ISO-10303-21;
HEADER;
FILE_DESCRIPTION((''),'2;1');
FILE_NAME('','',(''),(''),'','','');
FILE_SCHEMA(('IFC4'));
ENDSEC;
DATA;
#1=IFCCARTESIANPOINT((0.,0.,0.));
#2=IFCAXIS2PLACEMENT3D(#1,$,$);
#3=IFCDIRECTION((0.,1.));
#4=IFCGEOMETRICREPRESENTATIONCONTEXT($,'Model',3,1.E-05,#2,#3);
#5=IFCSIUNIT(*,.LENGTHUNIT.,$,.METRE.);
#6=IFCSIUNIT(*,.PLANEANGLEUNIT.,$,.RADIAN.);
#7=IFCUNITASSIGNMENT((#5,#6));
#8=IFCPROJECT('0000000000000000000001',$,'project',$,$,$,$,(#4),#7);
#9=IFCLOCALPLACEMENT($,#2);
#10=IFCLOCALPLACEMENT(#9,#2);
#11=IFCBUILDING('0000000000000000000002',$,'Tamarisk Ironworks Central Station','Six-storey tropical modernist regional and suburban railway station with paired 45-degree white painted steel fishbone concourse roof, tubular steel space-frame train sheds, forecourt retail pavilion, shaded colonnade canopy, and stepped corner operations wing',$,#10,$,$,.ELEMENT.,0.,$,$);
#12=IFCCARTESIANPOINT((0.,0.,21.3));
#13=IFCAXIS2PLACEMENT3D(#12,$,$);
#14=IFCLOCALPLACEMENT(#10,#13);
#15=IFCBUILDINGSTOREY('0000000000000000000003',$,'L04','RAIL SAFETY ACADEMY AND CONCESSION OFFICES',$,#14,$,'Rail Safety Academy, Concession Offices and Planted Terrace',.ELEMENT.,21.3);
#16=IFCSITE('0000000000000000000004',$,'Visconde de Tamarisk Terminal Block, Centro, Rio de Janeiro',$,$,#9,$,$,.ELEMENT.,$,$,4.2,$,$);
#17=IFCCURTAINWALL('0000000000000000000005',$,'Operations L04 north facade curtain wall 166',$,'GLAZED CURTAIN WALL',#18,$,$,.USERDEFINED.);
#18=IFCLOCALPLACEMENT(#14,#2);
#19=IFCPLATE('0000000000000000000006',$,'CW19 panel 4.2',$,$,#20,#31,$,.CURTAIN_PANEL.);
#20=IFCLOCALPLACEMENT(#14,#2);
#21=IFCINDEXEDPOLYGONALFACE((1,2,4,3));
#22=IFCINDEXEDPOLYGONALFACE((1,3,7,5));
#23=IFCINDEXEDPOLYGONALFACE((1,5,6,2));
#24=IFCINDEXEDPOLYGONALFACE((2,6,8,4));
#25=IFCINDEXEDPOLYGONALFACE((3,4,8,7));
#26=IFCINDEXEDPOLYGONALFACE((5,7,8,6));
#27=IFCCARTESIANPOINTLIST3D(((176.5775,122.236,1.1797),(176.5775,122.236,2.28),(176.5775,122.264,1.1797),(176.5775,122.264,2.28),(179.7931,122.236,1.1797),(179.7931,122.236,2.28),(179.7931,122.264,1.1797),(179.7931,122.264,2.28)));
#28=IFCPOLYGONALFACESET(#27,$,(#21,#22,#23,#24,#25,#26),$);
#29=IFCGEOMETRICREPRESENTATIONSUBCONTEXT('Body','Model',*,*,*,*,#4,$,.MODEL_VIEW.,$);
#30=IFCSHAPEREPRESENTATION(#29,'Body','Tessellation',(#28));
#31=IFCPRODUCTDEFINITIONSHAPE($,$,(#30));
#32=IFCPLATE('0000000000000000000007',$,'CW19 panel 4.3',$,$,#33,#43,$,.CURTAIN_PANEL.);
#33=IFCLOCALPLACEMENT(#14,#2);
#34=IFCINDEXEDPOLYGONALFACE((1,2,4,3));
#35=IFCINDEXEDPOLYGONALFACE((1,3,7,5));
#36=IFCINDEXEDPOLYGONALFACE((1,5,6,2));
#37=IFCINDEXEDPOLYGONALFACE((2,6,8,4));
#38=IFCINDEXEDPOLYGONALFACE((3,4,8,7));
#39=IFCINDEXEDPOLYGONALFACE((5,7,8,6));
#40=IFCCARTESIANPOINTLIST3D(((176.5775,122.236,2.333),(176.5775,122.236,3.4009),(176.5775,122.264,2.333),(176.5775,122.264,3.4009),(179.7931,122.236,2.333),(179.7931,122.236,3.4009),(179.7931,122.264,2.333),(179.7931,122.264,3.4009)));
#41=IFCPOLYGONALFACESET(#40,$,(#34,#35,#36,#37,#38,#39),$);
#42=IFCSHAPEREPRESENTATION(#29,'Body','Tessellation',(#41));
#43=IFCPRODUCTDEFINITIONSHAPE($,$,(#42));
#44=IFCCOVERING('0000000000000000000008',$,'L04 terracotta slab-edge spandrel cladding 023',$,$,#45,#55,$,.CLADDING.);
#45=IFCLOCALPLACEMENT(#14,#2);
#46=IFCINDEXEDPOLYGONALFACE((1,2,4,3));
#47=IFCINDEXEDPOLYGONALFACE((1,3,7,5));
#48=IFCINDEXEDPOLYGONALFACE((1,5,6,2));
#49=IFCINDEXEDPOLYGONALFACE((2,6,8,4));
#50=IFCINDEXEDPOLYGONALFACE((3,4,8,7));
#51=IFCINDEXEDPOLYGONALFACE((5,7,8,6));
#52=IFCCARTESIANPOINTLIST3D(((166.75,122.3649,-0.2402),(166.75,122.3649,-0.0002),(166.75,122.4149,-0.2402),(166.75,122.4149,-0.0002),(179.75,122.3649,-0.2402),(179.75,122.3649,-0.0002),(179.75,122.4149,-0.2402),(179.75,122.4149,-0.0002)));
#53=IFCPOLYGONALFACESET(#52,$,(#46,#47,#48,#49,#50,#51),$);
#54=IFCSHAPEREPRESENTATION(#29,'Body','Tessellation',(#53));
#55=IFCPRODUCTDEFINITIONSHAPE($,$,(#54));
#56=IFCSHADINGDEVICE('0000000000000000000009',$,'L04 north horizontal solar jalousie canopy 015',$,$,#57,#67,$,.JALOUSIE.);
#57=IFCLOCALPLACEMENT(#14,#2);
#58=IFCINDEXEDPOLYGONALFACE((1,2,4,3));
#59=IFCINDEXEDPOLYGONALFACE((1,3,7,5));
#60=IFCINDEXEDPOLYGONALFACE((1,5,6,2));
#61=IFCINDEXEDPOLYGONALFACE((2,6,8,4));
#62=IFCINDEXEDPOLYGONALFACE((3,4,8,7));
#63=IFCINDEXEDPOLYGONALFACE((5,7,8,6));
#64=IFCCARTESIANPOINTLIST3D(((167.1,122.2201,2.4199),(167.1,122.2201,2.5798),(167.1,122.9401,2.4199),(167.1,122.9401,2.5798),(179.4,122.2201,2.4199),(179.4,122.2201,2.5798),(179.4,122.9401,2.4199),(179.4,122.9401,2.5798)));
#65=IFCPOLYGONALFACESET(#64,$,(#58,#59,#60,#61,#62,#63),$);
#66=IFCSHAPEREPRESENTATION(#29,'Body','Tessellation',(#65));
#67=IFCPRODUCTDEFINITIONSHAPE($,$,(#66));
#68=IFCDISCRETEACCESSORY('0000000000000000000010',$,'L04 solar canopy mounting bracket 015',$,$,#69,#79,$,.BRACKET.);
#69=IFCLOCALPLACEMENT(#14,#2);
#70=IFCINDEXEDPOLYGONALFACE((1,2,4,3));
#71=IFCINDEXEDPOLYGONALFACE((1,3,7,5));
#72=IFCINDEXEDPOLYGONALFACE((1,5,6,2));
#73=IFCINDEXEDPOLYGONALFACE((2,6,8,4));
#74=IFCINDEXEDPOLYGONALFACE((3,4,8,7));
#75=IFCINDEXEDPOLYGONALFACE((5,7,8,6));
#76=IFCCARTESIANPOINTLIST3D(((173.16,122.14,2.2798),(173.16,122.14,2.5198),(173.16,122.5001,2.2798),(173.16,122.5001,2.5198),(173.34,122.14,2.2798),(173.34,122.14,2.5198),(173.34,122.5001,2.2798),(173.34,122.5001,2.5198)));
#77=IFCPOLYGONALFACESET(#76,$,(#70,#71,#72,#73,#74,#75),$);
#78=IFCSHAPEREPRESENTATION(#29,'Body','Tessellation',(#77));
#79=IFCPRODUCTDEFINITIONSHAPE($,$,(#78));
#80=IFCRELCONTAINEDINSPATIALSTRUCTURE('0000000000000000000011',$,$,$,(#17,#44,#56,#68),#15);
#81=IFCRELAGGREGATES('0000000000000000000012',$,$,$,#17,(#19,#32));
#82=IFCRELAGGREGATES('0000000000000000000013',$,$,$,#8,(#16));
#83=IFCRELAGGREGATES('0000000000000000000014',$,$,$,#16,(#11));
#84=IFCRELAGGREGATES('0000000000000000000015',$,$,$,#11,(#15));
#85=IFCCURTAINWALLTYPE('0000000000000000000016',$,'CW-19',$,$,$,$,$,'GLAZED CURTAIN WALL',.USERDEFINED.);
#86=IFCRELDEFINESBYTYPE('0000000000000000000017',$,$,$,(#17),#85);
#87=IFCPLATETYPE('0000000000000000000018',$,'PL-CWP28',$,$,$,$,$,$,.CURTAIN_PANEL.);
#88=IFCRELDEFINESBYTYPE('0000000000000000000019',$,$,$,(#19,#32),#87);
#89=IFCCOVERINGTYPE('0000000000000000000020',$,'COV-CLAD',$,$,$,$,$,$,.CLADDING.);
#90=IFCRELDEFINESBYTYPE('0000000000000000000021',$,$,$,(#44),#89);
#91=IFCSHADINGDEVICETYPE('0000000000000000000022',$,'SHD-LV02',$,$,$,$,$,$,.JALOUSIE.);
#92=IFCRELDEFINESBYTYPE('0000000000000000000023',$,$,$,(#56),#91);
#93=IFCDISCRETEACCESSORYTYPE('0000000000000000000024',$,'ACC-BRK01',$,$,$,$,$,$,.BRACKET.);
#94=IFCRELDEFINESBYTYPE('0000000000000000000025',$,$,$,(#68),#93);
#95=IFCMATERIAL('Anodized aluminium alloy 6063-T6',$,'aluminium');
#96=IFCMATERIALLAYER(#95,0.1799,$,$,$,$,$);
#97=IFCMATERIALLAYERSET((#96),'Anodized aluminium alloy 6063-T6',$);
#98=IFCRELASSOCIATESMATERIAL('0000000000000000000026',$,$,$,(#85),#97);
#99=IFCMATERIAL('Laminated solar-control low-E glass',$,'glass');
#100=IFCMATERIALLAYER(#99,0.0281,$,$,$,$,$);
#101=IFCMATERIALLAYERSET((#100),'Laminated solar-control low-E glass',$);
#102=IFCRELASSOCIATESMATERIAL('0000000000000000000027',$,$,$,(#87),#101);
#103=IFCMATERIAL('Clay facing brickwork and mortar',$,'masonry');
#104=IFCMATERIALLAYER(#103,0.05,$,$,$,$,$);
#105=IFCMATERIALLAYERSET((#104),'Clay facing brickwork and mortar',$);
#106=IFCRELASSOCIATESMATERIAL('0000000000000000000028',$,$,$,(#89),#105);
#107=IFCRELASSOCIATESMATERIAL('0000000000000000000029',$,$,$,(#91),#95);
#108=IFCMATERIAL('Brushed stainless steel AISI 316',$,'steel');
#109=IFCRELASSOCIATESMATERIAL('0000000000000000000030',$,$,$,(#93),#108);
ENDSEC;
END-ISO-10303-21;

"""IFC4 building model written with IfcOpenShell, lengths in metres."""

from ifc_helpers import new_model, si_unit, direction, frame, origin, origin_2d, place, context, subcontext, project, spatial, rectangle, extrude, material, layer, layer_set, type_object, element, aggregate, save


model = new_model("IFC4")

# Units and contexts
model_context = context("Model", 3, precision=1e-05, world=origin(), true_north=direction((0.0, 1.0)))
body_context = subcontext(model_context, "Body", "Model", "MODEL_VIEW")
ifc_project = project(units=[si_unit("LENGTHUNIT", "METRE"), si_unit("PLANEANGLEUNIT", "RADIAN")], contexts=[model_context])

# Site, building, storey
site_placement = place(None, origin())
site = spatial("IfcSite", under=ifc_project, at=site_placement, Name="Visconde de Tamarisk Terminal Block, Centro, Rio de Janeiro", CompositionType="ELEMENT", RefElevation=4.2)
building_placement = place(site_placement, origin())
building = spatial("IfcBuilding", under=site, at=building_placement, Name="Tamarisk Ironworks Central Station", Description="Six-storey tropical modernist regional and suburban railway station with paired 45-degree white painted steel fishbone concourse roof, tubular steel space-frame train sheds, forecourt retail pavilion, shaded colonnade canopy, and stepped corner operations wing", CompositionType="ELEMENT", ElevationOfRefHeight=0.0)
storey_placement = place(building_placement, frame((0.0, 0.0, 21.3)))
storey = spatial("IfcBuildingStorey", under=building, at=storey_placement, Name="L04", Description="RAIL SAFETY ACADEMY AND CONCESSION OFFICES", LongName="Rail Safety Academy, Concession Offices and Planted Terrace", CompositionType="ELEMENT", Elevation=21.3)

# Curtain wall, plates
ifc_material_1 = material(Name="Anodized aluminium alloy 6063-T6", Category="aluminium")
ifc_layer_1 = layer(ifc_material_1, 0.1799)
ifc_layer_set_1 = layer_set([ifc_layer_1], Name="Anodized aluminium alloy 6063-T6")
curtain_wall_type = type_object("IfcCurtainWallType", Name="CW-19", ElementType="GLAZED CURTAIN WALL", PredefinedType="USERDEFINED", material=ifc_layer_set_1)
curtain_wall_placement = place(storey_placement, origin())
curtain_wall = element("IfcCurtainWall", 1, at=curtain_wall_placement, inside=storey, type_object=curtain_wall_type, Name="Operations L04 north facade curtain wall 166", ObjectType="GLAZED CURTAIN WALL", PredefinedType="USERDEFINED")
ifc_material_2 = material(Name="Laminated solar-control low-E glass", Category="glass")
ifc_layer_2 = layer(ifc_material_2, 0.0281)
ifc_layer_set_2 = layer_set([ifc_layer_2], Name="Laminated solar-control low-E glass")
plate_type = type_object("IfcPlateType", Name="PL-CWP28", PredefinedType="CURTAIN_PANEL", material=ifc_layer_set_2)
plate_1_placement = place(storey_placement, frame((178.1853, 122.25, 1.1797), z_axis=(0.0, 0.0, 1.0), x_axis=(1.0, 0.0, 0.0)))
plate_1 = element("IfcPlate", 2, at=plate_1_placement, type_object=plate_type, Name="CW19 panel 4.2", PredefinedType="CURTAIN_PANEL", context=body_context, shape_type="SweptSolid", body=[
    extrude(rectangle(XDim=3.2156, YDim=0.0281, at=origin_2d()), origin(), (0.0, 0.0, 1.0), 1.1003),
])
plate_2_placement = place(storey_placement, frame((178.1853, 122.25, 2.333), z_axis=(0.0, 0.0, 1.0), x_axis=(1.0, 0.0, 0.0)))
plate_2 = element("IfcPlate", 3, at=plate_2_placement, type_object=plate_type, Name="CW19 panel 4.3", PredefinedType="CURTAIN_PANEL", context=body_context, shape_type="SweptSolid", body=[
    extrude(rectangle(XDim=3.2156, YDim=0.0281, at=origin_2d()), origin(), (0.0, 0.0, 1.0), 1.0679),
])
aggregate(curtain_wall, [plate_1, plate_2])

# Covering
ifc_material_3 = material(Name="Clay facing brickwork and mortar", Category="masonry")
ifc_layer_3 = layer(ifc_material_3, 0.05)
ifc_layer_set_3 = layer_set([ifc_layer_3], Name="Clay facing brickwork and mortar")
covering_type = type_object("IfcCoveringType", Name="COV-CLAD", PredefinedType="CLADDING", material=ifc_layer_set_3)
covering_placement = place(storey_placement, frame((173.25, 122.3899, -0.2402), z_axis=(0.0, 0.0, 1.0), x_axis=(1.0, 0.0, 0.0)))
element("IfcCovering", 4, at=covering_placement, inside=storey, type_object=covering_type, Name="L04 terracotta slab-edge spandrel cladding 023", PredefinedType="CLADDING", context=body_context, shape_type="SweptSolid", body=[
    extrude(rectangle(XDim=13.0, YDim=0.05, at=origin_2d()), origin(), (0.0, 0.0, 1.0), 0.24),
])

# Shading device
shading_device_type = type_object("IfcShadingDeviceType", Name="SHD-LV02", PredefinedType="JALOUSIE", material=ifc_material_1)
shading_device_placement = place(storey_placement, frame((173.25, 122.5801, 2.4199), z_axis=(0.0, 0.0, 1.0), x_axis=(1.0, 0.0, 0.0)))
element("IfcShadingDevice", 5, at=shading_device_placement, inside=storey, type_object=shading_device_type, Name="L04 north horizontal solar jalousie canopy 015", PredefinedType="JALOUSIE", context=body_context, shape_type="SweptSolid", body=[
    extrude(rectangle(XDim=12.3, YDim=0.72, at=origin_2d()), origin(), (0.0, 0.0, 1.0), 0.1599),
])

# Discrete accessory
ifc_material_4 = material(Name="Brushed stainless steel AISI 316", Category="steel")
discrete_accessory_type = type_object("IfcDiscreteAccessoryType", Name="ACC-BRK01", PredefinedType="BRACKET", material=ifc_material_4)
discrete_accessory_placement = place(storey_placement, frame((173.25, 122.3201, 2.2798), z_axis=(0.0, 0.0, 1.0), x_axis=(1.0, 0.0, 0.0)))
element("IfcDiscreteAccessory", 6, at=discrete_accessory_placement, inside=storey, type_object=discrete_accessory_type, Name="L04 solar canopy mounting bracket 015", PredefinedType="BRACKET", context=body_context, shape_type="SweptSolid", body=[
    extrude(rectangle(XDim=0.1799, YDim=0.3601, at=origin_2d()), origin(), (0.0, 0.0, 1.0), 0.24),
])

save(model, "model.ifc")
